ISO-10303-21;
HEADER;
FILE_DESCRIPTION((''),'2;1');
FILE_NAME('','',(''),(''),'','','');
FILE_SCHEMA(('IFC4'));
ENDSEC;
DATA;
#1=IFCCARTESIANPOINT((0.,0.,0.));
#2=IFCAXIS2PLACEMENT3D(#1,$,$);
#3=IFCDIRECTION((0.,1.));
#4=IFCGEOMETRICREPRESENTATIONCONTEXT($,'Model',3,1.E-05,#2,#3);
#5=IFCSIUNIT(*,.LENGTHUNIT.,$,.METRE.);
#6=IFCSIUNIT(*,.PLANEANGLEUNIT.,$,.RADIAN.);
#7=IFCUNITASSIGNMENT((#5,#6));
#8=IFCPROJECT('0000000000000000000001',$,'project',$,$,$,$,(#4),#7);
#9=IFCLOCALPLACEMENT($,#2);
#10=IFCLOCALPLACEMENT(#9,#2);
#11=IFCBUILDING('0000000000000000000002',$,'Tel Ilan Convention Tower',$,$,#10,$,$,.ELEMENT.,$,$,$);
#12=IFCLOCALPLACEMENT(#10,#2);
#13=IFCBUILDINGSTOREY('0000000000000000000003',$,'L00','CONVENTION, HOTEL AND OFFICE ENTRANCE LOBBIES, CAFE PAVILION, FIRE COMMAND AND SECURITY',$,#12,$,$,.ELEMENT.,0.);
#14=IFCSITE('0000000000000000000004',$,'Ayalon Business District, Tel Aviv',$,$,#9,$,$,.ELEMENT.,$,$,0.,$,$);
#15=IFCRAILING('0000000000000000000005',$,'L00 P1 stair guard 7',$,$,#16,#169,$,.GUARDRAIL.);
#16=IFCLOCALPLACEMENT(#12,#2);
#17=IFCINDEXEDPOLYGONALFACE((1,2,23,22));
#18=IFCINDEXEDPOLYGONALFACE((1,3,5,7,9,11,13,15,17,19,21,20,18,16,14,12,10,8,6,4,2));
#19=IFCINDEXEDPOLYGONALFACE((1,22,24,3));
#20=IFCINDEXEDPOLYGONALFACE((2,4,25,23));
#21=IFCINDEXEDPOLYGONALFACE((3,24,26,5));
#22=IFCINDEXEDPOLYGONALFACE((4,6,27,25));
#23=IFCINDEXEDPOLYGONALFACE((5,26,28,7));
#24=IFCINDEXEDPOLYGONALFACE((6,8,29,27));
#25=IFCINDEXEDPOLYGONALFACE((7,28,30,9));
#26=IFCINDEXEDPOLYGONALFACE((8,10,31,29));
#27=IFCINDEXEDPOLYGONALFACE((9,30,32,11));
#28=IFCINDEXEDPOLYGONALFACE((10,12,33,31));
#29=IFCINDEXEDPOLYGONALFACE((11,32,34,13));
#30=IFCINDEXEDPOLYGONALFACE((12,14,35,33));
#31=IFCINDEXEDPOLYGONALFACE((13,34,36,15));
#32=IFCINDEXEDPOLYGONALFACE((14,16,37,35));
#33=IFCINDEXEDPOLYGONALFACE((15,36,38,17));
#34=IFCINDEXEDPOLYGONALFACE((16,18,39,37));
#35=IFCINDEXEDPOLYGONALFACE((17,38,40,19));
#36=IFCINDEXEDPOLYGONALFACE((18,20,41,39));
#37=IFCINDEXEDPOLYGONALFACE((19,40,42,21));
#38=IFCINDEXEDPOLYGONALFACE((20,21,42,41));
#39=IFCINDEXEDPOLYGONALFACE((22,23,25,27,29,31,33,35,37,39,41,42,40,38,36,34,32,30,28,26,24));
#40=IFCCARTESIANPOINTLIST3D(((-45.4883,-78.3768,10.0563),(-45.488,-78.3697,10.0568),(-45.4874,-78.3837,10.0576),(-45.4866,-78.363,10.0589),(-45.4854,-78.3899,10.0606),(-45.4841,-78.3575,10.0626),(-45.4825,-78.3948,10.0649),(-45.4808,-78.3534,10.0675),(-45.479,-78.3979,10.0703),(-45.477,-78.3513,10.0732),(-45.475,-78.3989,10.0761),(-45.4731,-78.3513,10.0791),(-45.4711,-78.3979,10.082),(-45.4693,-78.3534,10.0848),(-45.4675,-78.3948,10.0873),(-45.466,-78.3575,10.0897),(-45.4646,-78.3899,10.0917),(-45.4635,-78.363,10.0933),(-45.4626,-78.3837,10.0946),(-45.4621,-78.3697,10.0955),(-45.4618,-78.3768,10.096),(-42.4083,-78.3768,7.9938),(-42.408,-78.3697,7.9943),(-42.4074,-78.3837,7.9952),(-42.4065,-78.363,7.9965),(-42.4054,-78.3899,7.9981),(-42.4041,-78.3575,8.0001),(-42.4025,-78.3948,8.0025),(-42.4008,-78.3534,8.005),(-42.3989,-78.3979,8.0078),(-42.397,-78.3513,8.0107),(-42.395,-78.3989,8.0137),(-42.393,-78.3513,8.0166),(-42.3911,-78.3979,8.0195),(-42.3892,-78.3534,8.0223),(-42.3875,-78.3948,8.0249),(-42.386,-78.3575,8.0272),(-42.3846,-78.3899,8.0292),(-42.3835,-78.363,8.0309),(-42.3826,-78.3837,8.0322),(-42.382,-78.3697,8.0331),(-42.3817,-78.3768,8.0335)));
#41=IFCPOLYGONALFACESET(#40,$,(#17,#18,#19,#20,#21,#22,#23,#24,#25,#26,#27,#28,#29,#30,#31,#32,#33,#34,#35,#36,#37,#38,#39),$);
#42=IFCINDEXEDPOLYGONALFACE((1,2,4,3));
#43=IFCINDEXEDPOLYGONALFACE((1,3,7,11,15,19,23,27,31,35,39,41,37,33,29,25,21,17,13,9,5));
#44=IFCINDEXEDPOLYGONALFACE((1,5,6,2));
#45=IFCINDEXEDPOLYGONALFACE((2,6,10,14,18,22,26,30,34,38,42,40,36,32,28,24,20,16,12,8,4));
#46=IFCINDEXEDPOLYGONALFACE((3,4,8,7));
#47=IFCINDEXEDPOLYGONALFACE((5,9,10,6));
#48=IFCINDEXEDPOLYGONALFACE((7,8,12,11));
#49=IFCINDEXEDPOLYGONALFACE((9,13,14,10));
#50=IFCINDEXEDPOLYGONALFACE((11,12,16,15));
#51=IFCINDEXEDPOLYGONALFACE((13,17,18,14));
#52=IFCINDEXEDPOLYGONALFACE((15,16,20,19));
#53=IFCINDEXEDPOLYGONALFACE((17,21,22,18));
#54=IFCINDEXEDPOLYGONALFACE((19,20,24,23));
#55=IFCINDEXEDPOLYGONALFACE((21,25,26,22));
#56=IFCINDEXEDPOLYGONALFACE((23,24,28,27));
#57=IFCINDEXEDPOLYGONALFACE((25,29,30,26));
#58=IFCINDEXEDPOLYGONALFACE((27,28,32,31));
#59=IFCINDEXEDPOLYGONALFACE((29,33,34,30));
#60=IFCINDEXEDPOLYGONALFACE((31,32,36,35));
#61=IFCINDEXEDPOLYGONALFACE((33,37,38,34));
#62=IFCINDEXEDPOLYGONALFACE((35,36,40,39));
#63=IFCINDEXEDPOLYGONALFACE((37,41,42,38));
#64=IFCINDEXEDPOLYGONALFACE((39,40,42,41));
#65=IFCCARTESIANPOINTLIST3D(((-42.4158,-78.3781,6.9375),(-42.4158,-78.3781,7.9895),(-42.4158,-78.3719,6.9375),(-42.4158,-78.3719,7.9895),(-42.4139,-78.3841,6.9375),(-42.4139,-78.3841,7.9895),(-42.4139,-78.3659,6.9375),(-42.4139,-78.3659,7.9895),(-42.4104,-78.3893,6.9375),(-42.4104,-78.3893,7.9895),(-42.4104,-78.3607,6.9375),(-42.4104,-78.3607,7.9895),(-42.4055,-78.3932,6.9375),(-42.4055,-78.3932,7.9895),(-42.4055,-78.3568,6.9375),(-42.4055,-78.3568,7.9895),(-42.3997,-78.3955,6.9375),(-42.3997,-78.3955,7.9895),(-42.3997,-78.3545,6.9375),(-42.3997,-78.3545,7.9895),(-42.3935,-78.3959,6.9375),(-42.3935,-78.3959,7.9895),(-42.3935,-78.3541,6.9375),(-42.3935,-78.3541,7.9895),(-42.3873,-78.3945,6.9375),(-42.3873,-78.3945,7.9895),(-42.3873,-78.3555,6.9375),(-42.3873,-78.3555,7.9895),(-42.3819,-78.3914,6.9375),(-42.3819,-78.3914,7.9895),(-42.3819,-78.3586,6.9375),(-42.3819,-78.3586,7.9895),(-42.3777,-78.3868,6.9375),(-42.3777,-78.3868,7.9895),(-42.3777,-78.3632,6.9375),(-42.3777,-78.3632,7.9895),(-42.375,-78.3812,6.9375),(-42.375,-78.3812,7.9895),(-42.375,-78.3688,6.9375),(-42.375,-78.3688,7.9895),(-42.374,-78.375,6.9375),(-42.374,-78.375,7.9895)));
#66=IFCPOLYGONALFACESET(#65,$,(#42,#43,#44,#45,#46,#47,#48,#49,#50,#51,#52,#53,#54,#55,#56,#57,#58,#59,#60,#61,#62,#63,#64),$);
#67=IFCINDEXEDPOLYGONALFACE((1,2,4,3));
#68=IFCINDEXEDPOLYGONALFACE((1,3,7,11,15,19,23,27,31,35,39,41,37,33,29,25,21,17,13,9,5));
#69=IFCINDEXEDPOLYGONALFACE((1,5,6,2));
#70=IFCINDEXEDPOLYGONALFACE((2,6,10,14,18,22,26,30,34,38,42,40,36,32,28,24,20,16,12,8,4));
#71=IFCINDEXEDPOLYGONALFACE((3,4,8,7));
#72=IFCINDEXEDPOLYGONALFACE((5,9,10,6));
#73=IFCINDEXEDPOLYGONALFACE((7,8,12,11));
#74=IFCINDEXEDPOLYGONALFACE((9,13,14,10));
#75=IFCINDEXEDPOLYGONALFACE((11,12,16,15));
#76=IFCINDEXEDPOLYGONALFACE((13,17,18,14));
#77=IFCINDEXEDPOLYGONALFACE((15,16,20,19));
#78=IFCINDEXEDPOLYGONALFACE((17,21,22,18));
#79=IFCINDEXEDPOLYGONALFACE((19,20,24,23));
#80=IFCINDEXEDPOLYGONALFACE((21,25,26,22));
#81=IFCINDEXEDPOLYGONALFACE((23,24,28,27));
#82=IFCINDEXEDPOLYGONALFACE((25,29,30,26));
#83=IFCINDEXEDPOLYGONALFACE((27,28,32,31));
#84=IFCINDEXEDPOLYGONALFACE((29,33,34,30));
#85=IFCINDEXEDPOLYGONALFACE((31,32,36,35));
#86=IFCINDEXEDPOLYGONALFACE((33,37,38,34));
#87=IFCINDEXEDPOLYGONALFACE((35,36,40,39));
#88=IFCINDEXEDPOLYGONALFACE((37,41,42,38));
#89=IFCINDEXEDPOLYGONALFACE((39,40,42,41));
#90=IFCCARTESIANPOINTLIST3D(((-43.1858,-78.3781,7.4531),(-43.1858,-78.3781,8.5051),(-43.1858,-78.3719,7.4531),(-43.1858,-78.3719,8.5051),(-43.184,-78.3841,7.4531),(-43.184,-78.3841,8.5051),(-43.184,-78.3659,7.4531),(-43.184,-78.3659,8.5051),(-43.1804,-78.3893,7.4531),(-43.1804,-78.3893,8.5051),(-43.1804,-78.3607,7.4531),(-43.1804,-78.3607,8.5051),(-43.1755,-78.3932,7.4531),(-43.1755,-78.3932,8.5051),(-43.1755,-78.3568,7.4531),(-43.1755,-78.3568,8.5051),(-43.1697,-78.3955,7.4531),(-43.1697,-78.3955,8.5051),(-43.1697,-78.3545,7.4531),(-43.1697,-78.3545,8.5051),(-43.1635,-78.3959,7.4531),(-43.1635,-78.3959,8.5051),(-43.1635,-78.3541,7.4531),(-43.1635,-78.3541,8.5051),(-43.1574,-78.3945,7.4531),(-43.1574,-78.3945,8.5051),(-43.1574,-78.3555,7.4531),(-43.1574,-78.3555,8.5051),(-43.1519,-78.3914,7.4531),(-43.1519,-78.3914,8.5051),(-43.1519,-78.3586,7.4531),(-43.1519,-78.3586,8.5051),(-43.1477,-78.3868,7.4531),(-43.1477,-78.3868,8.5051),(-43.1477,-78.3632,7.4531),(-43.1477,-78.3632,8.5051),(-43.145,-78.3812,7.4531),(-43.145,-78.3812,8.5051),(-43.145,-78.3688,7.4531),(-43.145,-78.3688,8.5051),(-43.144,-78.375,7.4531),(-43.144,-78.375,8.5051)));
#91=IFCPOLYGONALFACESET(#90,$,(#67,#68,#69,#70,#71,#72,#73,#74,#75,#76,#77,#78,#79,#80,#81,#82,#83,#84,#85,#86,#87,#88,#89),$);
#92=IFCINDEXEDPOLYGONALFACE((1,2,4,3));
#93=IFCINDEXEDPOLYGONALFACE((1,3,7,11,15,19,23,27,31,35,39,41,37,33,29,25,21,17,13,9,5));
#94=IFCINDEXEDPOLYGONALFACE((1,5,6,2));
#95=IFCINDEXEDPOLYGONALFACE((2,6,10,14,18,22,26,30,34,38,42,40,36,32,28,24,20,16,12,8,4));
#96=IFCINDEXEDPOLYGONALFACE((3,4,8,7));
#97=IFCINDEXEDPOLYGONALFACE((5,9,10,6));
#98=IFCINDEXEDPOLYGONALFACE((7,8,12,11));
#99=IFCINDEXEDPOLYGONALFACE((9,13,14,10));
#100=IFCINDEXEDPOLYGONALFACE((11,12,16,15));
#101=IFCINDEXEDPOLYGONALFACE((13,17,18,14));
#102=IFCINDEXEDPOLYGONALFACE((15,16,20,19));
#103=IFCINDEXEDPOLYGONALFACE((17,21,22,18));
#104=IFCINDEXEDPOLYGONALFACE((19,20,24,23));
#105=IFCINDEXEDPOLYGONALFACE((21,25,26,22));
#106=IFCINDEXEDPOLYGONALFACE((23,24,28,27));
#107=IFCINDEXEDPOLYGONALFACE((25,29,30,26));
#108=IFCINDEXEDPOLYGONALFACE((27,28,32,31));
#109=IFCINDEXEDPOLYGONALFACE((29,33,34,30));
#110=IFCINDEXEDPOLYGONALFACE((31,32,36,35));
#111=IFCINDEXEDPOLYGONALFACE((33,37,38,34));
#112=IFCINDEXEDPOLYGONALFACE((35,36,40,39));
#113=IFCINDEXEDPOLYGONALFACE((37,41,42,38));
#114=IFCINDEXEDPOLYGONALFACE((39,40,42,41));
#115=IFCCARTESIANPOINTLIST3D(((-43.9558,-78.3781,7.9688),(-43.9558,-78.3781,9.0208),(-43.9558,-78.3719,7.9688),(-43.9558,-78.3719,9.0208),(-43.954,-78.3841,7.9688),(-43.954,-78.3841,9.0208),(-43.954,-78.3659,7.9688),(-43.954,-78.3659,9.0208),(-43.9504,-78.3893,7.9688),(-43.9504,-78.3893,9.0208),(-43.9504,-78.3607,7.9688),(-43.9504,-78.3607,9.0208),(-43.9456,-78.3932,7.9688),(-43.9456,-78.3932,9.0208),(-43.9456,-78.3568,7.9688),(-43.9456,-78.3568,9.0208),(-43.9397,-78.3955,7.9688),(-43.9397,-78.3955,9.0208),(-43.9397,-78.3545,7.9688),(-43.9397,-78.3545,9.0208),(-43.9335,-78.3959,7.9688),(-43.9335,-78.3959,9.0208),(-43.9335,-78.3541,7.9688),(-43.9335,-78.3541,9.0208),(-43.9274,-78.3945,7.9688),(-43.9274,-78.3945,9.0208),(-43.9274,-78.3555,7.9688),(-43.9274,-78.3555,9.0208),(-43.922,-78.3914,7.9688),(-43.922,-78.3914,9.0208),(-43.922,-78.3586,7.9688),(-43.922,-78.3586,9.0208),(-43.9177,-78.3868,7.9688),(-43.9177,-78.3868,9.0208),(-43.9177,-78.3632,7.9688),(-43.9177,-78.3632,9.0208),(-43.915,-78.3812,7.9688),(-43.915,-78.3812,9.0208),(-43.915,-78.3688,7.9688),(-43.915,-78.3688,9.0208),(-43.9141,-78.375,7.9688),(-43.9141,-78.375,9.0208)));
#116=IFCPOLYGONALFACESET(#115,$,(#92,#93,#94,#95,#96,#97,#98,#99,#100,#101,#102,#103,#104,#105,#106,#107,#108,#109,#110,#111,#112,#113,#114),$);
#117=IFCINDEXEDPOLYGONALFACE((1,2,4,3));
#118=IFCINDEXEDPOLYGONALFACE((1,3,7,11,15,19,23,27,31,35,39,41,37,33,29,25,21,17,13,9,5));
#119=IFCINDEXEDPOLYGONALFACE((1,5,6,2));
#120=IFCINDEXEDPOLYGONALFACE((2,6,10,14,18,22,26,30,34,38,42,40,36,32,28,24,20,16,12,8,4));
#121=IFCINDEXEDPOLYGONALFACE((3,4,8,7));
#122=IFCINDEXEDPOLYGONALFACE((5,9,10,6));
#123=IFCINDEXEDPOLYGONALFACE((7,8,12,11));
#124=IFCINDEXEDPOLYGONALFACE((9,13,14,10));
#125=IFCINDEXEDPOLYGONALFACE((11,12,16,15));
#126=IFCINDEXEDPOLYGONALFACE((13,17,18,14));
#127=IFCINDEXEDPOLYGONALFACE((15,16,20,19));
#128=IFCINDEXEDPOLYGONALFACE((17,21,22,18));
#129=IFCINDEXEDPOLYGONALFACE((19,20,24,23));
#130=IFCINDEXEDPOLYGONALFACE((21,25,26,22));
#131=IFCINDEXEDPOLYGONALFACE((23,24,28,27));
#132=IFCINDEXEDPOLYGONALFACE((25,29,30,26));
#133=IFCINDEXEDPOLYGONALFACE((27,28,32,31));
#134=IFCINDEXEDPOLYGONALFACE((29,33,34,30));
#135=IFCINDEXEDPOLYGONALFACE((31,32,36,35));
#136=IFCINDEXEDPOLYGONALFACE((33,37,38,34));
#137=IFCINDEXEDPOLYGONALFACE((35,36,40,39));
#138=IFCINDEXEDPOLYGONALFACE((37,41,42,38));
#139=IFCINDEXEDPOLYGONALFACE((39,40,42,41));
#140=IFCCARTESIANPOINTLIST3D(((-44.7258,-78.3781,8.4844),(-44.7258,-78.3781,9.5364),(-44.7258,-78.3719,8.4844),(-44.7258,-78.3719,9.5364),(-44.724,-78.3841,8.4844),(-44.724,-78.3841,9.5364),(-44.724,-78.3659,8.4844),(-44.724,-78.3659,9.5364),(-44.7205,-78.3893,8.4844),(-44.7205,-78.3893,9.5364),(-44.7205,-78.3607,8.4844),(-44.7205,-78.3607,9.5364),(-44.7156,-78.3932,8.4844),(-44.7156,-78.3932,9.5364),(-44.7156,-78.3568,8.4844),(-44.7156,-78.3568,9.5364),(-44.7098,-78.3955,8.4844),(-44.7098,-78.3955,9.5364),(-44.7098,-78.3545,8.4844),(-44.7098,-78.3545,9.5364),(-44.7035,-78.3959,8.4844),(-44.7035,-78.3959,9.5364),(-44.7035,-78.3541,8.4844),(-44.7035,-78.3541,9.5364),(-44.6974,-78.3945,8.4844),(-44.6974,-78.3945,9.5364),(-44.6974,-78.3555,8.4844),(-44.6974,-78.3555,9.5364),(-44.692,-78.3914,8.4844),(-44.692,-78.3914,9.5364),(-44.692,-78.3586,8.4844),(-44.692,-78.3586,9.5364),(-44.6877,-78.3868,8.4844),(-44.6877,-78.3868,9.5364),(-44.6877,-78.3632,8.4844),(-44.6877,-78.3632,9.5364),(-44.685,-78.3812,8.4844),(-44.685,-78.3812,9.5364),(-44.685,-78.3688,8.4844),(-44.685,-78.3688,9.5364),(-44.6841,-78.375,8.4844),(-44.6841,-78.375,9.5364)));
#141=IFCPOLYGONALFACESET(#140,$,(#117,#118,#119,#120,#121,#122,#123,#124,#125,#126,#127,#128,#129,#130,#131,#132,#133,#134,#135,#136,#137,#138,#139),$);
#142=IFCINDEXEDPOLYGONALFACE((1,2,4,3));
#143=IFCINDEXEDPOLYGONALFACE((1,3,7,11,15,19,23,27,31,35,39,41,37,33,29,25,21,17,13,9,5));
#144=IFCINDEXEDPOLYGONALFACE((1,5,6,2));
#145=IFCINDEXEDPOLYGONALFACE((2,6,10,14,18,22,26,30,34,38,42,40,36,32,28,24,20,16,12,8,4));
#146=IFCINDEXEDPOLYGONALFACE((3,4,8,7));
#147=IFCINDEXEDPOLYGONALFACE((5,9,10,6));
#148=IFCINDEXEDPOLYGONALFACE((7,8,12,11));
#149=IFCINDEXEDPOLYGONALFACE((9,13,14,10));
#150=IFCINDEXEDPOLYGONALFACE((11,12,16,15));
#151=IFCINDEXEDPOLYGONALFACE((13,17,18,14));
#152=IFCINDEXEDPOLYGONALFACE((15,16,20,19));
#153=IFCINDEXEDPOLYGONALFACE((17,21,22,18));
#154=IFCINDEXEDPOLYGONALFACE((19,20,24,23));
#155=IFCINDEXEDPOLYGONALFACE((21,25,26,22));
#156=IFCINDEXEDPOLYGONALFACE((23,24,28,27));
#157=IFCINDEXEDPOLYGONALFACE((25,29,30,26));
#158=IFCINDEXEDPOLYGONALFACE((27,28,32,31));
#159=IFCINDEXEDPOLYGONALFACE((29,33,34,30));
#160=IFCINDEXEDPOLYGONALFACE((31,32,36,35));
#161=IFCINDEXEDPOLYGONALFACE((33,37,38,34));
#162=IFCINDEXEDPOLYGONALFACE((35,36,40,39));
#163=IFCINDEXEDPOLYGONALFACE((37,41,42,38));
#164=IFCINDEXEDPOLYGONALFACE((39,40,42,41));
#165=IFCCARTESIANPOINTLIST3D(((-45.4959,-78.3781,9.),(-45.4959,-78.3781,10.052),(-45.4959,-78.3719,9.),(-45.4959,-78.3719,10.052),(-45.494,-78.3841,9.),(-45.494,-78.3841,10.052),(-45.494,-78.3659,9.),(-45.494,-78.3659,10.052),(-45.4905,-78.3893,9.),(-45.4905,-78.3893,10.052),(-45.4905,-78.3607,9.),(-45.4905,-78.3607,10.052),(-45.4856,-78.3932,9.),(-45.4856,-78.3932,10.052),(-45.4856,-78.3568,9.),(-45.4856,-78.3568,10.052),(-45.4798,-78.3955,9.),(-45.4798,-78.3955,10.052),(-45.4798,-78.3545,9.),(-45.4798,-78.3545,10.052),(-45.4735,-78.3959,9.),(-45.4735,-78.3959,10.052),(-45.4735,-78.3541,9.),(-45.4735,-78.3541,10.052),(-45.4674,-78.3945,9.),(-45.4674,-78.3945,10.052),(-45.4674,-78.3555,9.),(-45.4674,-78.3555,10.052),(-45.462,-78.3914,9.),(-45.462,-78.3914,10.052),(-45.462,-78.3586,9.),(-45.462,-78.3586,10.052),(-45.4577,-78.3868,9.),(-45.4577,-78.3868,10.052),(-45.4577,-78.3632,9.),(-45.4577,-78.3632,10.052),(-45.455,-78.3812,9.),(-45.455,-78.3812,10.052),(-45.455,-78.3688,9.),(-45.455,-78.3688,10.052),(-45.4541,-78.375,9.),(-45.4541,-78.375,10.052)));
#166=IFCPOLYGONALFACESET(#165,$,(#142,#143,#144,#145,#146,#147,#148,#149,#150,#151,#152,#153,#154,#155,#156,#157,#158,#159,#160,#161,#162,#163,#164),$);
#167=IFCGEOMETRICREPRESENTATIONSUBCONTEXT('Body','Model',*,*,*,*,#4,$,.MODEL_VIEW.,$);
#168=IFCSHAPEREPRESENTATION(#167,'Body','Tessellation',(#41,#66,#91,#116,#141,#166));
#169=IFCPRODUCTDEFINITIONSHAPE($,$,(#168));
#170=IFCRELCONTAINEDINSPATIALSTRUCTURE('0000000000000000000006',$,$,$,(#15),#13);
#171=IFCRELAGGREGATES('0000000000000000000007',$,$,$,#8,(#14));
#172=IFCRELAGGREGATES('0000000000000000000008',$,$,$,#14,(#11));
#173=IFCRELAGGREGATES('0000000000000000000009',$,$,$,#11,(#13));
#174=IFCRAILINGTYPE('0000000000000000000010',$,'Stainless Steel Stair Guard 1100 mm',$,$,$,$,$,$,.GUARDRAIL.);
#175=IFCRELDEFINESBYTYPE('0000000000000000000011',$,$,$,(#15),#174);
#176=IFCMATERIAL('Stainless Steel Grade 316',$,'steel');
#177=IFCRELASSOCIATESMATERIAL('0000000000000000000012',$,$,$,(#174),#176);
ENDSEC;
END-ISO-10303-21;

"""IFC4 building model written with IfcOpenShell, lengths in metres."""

from ifc_helpers import new_model, si_unit, direction, frame, origin, origin_2d, place, context, subcontext, project, spatial, circle, extrude, material, type_object, element, save


model = new_model("IFC4")

# Units and contexts
model_context = context("Model", 3, precision=1e-05, world=origin(), true_north=direction((0.0, 1.0)))
body_context = subcontext(model_context, "Body", "Model", "MODEL_VIEW")
ifc_project = project(units=[si_unit("LENGTHUNIT", "METRE"), si_unit("PLANEANGLEUNIT", "RADIAN")], contexts=[model_context])

# Site, building, storey
site_placement = place(None, origin())
site = spatial("IfcSite", under=ifc_project, at=site_placement, Name="Ayalon Business District, Tel Aviv", CompositionType="ELEMENT", RefElevation=0.0)
building_placement = place(site_placement, origin())
building = spatial("IfcBuilding", under=site, at=building_placement, Name="Tel Ilan Convention Tower", CompositionType="ELEMENT")
storey_placement = place(building_placement, origin())
storey = spatial("IfcBuildingStorey", under=building, at=storey_placement, Name="L00", Description="CONVENTION, HOTEL AND OFFICE ENTRANCE LOBBIES, CAFE PAVILION, FIRE COMMAND AND SECURITY", CompositionType="ELEMENT", Elevation=0.0)

# Railing
ifc_material_1 = material(Name="Stainless Steel Grade 316", Category="steel")
railing_type_1 = type_object("IfcRailingType", Name="Stainless Steel Stair Guard 1100 mm", PredefinedType="GUARDRAIL", material=ifc_material_1)
railing_1_placement = place(storey_placement, frame((-42.395, -78.375, 6.9375)))
element("IfcRailing", 1, at=railing_1_placement, inside=storey, type_object=railing_type_1, Name="L00 P1 stair guard 7", PredefinedType="GUARDRAIL", context=body_context, shape_type="SweptSolid", body=[
    extrude(circle(Radius=0.0239, at=origin_2d()), frame((0.0, 0.0, 1.0762), z_axis=(-0.830914, 0.0, 0.556401), x_axis=(0.0, -1.0, 0.0)), (0.0, 0.0, 1.0), 3.7068),
    extrude(circle(Radius=0.021, at=origin_2d()), origin(), (0.0, 0.0, 1.0), 1.052),
    extrude(circle(Radius=0.021, at=origin_2d()), frame((-0.77, 0.0, 0.5156)), (0.0, 0.0, 1.0), 1.052),
    extrude(circle(Radius=0.021, at=origin_2d()), frame((-1.54, 0.0, 1.0312)), (0.0, 0.0, 1.0), 1.052),
    extrude(circle(Radius=0.021, at=origin_2d()), frame((-2.3101, 0.0, 1.5469)), (0.0, 0.0, 1.0), 1.052),
    extrude(circle(Radius=0.021, at=origin_2d()), frame((-3.0801, 0.0, 2.0625)), (0.0, 0.0, 1.0), 1.052),
])

save(model, "model.ifc")
